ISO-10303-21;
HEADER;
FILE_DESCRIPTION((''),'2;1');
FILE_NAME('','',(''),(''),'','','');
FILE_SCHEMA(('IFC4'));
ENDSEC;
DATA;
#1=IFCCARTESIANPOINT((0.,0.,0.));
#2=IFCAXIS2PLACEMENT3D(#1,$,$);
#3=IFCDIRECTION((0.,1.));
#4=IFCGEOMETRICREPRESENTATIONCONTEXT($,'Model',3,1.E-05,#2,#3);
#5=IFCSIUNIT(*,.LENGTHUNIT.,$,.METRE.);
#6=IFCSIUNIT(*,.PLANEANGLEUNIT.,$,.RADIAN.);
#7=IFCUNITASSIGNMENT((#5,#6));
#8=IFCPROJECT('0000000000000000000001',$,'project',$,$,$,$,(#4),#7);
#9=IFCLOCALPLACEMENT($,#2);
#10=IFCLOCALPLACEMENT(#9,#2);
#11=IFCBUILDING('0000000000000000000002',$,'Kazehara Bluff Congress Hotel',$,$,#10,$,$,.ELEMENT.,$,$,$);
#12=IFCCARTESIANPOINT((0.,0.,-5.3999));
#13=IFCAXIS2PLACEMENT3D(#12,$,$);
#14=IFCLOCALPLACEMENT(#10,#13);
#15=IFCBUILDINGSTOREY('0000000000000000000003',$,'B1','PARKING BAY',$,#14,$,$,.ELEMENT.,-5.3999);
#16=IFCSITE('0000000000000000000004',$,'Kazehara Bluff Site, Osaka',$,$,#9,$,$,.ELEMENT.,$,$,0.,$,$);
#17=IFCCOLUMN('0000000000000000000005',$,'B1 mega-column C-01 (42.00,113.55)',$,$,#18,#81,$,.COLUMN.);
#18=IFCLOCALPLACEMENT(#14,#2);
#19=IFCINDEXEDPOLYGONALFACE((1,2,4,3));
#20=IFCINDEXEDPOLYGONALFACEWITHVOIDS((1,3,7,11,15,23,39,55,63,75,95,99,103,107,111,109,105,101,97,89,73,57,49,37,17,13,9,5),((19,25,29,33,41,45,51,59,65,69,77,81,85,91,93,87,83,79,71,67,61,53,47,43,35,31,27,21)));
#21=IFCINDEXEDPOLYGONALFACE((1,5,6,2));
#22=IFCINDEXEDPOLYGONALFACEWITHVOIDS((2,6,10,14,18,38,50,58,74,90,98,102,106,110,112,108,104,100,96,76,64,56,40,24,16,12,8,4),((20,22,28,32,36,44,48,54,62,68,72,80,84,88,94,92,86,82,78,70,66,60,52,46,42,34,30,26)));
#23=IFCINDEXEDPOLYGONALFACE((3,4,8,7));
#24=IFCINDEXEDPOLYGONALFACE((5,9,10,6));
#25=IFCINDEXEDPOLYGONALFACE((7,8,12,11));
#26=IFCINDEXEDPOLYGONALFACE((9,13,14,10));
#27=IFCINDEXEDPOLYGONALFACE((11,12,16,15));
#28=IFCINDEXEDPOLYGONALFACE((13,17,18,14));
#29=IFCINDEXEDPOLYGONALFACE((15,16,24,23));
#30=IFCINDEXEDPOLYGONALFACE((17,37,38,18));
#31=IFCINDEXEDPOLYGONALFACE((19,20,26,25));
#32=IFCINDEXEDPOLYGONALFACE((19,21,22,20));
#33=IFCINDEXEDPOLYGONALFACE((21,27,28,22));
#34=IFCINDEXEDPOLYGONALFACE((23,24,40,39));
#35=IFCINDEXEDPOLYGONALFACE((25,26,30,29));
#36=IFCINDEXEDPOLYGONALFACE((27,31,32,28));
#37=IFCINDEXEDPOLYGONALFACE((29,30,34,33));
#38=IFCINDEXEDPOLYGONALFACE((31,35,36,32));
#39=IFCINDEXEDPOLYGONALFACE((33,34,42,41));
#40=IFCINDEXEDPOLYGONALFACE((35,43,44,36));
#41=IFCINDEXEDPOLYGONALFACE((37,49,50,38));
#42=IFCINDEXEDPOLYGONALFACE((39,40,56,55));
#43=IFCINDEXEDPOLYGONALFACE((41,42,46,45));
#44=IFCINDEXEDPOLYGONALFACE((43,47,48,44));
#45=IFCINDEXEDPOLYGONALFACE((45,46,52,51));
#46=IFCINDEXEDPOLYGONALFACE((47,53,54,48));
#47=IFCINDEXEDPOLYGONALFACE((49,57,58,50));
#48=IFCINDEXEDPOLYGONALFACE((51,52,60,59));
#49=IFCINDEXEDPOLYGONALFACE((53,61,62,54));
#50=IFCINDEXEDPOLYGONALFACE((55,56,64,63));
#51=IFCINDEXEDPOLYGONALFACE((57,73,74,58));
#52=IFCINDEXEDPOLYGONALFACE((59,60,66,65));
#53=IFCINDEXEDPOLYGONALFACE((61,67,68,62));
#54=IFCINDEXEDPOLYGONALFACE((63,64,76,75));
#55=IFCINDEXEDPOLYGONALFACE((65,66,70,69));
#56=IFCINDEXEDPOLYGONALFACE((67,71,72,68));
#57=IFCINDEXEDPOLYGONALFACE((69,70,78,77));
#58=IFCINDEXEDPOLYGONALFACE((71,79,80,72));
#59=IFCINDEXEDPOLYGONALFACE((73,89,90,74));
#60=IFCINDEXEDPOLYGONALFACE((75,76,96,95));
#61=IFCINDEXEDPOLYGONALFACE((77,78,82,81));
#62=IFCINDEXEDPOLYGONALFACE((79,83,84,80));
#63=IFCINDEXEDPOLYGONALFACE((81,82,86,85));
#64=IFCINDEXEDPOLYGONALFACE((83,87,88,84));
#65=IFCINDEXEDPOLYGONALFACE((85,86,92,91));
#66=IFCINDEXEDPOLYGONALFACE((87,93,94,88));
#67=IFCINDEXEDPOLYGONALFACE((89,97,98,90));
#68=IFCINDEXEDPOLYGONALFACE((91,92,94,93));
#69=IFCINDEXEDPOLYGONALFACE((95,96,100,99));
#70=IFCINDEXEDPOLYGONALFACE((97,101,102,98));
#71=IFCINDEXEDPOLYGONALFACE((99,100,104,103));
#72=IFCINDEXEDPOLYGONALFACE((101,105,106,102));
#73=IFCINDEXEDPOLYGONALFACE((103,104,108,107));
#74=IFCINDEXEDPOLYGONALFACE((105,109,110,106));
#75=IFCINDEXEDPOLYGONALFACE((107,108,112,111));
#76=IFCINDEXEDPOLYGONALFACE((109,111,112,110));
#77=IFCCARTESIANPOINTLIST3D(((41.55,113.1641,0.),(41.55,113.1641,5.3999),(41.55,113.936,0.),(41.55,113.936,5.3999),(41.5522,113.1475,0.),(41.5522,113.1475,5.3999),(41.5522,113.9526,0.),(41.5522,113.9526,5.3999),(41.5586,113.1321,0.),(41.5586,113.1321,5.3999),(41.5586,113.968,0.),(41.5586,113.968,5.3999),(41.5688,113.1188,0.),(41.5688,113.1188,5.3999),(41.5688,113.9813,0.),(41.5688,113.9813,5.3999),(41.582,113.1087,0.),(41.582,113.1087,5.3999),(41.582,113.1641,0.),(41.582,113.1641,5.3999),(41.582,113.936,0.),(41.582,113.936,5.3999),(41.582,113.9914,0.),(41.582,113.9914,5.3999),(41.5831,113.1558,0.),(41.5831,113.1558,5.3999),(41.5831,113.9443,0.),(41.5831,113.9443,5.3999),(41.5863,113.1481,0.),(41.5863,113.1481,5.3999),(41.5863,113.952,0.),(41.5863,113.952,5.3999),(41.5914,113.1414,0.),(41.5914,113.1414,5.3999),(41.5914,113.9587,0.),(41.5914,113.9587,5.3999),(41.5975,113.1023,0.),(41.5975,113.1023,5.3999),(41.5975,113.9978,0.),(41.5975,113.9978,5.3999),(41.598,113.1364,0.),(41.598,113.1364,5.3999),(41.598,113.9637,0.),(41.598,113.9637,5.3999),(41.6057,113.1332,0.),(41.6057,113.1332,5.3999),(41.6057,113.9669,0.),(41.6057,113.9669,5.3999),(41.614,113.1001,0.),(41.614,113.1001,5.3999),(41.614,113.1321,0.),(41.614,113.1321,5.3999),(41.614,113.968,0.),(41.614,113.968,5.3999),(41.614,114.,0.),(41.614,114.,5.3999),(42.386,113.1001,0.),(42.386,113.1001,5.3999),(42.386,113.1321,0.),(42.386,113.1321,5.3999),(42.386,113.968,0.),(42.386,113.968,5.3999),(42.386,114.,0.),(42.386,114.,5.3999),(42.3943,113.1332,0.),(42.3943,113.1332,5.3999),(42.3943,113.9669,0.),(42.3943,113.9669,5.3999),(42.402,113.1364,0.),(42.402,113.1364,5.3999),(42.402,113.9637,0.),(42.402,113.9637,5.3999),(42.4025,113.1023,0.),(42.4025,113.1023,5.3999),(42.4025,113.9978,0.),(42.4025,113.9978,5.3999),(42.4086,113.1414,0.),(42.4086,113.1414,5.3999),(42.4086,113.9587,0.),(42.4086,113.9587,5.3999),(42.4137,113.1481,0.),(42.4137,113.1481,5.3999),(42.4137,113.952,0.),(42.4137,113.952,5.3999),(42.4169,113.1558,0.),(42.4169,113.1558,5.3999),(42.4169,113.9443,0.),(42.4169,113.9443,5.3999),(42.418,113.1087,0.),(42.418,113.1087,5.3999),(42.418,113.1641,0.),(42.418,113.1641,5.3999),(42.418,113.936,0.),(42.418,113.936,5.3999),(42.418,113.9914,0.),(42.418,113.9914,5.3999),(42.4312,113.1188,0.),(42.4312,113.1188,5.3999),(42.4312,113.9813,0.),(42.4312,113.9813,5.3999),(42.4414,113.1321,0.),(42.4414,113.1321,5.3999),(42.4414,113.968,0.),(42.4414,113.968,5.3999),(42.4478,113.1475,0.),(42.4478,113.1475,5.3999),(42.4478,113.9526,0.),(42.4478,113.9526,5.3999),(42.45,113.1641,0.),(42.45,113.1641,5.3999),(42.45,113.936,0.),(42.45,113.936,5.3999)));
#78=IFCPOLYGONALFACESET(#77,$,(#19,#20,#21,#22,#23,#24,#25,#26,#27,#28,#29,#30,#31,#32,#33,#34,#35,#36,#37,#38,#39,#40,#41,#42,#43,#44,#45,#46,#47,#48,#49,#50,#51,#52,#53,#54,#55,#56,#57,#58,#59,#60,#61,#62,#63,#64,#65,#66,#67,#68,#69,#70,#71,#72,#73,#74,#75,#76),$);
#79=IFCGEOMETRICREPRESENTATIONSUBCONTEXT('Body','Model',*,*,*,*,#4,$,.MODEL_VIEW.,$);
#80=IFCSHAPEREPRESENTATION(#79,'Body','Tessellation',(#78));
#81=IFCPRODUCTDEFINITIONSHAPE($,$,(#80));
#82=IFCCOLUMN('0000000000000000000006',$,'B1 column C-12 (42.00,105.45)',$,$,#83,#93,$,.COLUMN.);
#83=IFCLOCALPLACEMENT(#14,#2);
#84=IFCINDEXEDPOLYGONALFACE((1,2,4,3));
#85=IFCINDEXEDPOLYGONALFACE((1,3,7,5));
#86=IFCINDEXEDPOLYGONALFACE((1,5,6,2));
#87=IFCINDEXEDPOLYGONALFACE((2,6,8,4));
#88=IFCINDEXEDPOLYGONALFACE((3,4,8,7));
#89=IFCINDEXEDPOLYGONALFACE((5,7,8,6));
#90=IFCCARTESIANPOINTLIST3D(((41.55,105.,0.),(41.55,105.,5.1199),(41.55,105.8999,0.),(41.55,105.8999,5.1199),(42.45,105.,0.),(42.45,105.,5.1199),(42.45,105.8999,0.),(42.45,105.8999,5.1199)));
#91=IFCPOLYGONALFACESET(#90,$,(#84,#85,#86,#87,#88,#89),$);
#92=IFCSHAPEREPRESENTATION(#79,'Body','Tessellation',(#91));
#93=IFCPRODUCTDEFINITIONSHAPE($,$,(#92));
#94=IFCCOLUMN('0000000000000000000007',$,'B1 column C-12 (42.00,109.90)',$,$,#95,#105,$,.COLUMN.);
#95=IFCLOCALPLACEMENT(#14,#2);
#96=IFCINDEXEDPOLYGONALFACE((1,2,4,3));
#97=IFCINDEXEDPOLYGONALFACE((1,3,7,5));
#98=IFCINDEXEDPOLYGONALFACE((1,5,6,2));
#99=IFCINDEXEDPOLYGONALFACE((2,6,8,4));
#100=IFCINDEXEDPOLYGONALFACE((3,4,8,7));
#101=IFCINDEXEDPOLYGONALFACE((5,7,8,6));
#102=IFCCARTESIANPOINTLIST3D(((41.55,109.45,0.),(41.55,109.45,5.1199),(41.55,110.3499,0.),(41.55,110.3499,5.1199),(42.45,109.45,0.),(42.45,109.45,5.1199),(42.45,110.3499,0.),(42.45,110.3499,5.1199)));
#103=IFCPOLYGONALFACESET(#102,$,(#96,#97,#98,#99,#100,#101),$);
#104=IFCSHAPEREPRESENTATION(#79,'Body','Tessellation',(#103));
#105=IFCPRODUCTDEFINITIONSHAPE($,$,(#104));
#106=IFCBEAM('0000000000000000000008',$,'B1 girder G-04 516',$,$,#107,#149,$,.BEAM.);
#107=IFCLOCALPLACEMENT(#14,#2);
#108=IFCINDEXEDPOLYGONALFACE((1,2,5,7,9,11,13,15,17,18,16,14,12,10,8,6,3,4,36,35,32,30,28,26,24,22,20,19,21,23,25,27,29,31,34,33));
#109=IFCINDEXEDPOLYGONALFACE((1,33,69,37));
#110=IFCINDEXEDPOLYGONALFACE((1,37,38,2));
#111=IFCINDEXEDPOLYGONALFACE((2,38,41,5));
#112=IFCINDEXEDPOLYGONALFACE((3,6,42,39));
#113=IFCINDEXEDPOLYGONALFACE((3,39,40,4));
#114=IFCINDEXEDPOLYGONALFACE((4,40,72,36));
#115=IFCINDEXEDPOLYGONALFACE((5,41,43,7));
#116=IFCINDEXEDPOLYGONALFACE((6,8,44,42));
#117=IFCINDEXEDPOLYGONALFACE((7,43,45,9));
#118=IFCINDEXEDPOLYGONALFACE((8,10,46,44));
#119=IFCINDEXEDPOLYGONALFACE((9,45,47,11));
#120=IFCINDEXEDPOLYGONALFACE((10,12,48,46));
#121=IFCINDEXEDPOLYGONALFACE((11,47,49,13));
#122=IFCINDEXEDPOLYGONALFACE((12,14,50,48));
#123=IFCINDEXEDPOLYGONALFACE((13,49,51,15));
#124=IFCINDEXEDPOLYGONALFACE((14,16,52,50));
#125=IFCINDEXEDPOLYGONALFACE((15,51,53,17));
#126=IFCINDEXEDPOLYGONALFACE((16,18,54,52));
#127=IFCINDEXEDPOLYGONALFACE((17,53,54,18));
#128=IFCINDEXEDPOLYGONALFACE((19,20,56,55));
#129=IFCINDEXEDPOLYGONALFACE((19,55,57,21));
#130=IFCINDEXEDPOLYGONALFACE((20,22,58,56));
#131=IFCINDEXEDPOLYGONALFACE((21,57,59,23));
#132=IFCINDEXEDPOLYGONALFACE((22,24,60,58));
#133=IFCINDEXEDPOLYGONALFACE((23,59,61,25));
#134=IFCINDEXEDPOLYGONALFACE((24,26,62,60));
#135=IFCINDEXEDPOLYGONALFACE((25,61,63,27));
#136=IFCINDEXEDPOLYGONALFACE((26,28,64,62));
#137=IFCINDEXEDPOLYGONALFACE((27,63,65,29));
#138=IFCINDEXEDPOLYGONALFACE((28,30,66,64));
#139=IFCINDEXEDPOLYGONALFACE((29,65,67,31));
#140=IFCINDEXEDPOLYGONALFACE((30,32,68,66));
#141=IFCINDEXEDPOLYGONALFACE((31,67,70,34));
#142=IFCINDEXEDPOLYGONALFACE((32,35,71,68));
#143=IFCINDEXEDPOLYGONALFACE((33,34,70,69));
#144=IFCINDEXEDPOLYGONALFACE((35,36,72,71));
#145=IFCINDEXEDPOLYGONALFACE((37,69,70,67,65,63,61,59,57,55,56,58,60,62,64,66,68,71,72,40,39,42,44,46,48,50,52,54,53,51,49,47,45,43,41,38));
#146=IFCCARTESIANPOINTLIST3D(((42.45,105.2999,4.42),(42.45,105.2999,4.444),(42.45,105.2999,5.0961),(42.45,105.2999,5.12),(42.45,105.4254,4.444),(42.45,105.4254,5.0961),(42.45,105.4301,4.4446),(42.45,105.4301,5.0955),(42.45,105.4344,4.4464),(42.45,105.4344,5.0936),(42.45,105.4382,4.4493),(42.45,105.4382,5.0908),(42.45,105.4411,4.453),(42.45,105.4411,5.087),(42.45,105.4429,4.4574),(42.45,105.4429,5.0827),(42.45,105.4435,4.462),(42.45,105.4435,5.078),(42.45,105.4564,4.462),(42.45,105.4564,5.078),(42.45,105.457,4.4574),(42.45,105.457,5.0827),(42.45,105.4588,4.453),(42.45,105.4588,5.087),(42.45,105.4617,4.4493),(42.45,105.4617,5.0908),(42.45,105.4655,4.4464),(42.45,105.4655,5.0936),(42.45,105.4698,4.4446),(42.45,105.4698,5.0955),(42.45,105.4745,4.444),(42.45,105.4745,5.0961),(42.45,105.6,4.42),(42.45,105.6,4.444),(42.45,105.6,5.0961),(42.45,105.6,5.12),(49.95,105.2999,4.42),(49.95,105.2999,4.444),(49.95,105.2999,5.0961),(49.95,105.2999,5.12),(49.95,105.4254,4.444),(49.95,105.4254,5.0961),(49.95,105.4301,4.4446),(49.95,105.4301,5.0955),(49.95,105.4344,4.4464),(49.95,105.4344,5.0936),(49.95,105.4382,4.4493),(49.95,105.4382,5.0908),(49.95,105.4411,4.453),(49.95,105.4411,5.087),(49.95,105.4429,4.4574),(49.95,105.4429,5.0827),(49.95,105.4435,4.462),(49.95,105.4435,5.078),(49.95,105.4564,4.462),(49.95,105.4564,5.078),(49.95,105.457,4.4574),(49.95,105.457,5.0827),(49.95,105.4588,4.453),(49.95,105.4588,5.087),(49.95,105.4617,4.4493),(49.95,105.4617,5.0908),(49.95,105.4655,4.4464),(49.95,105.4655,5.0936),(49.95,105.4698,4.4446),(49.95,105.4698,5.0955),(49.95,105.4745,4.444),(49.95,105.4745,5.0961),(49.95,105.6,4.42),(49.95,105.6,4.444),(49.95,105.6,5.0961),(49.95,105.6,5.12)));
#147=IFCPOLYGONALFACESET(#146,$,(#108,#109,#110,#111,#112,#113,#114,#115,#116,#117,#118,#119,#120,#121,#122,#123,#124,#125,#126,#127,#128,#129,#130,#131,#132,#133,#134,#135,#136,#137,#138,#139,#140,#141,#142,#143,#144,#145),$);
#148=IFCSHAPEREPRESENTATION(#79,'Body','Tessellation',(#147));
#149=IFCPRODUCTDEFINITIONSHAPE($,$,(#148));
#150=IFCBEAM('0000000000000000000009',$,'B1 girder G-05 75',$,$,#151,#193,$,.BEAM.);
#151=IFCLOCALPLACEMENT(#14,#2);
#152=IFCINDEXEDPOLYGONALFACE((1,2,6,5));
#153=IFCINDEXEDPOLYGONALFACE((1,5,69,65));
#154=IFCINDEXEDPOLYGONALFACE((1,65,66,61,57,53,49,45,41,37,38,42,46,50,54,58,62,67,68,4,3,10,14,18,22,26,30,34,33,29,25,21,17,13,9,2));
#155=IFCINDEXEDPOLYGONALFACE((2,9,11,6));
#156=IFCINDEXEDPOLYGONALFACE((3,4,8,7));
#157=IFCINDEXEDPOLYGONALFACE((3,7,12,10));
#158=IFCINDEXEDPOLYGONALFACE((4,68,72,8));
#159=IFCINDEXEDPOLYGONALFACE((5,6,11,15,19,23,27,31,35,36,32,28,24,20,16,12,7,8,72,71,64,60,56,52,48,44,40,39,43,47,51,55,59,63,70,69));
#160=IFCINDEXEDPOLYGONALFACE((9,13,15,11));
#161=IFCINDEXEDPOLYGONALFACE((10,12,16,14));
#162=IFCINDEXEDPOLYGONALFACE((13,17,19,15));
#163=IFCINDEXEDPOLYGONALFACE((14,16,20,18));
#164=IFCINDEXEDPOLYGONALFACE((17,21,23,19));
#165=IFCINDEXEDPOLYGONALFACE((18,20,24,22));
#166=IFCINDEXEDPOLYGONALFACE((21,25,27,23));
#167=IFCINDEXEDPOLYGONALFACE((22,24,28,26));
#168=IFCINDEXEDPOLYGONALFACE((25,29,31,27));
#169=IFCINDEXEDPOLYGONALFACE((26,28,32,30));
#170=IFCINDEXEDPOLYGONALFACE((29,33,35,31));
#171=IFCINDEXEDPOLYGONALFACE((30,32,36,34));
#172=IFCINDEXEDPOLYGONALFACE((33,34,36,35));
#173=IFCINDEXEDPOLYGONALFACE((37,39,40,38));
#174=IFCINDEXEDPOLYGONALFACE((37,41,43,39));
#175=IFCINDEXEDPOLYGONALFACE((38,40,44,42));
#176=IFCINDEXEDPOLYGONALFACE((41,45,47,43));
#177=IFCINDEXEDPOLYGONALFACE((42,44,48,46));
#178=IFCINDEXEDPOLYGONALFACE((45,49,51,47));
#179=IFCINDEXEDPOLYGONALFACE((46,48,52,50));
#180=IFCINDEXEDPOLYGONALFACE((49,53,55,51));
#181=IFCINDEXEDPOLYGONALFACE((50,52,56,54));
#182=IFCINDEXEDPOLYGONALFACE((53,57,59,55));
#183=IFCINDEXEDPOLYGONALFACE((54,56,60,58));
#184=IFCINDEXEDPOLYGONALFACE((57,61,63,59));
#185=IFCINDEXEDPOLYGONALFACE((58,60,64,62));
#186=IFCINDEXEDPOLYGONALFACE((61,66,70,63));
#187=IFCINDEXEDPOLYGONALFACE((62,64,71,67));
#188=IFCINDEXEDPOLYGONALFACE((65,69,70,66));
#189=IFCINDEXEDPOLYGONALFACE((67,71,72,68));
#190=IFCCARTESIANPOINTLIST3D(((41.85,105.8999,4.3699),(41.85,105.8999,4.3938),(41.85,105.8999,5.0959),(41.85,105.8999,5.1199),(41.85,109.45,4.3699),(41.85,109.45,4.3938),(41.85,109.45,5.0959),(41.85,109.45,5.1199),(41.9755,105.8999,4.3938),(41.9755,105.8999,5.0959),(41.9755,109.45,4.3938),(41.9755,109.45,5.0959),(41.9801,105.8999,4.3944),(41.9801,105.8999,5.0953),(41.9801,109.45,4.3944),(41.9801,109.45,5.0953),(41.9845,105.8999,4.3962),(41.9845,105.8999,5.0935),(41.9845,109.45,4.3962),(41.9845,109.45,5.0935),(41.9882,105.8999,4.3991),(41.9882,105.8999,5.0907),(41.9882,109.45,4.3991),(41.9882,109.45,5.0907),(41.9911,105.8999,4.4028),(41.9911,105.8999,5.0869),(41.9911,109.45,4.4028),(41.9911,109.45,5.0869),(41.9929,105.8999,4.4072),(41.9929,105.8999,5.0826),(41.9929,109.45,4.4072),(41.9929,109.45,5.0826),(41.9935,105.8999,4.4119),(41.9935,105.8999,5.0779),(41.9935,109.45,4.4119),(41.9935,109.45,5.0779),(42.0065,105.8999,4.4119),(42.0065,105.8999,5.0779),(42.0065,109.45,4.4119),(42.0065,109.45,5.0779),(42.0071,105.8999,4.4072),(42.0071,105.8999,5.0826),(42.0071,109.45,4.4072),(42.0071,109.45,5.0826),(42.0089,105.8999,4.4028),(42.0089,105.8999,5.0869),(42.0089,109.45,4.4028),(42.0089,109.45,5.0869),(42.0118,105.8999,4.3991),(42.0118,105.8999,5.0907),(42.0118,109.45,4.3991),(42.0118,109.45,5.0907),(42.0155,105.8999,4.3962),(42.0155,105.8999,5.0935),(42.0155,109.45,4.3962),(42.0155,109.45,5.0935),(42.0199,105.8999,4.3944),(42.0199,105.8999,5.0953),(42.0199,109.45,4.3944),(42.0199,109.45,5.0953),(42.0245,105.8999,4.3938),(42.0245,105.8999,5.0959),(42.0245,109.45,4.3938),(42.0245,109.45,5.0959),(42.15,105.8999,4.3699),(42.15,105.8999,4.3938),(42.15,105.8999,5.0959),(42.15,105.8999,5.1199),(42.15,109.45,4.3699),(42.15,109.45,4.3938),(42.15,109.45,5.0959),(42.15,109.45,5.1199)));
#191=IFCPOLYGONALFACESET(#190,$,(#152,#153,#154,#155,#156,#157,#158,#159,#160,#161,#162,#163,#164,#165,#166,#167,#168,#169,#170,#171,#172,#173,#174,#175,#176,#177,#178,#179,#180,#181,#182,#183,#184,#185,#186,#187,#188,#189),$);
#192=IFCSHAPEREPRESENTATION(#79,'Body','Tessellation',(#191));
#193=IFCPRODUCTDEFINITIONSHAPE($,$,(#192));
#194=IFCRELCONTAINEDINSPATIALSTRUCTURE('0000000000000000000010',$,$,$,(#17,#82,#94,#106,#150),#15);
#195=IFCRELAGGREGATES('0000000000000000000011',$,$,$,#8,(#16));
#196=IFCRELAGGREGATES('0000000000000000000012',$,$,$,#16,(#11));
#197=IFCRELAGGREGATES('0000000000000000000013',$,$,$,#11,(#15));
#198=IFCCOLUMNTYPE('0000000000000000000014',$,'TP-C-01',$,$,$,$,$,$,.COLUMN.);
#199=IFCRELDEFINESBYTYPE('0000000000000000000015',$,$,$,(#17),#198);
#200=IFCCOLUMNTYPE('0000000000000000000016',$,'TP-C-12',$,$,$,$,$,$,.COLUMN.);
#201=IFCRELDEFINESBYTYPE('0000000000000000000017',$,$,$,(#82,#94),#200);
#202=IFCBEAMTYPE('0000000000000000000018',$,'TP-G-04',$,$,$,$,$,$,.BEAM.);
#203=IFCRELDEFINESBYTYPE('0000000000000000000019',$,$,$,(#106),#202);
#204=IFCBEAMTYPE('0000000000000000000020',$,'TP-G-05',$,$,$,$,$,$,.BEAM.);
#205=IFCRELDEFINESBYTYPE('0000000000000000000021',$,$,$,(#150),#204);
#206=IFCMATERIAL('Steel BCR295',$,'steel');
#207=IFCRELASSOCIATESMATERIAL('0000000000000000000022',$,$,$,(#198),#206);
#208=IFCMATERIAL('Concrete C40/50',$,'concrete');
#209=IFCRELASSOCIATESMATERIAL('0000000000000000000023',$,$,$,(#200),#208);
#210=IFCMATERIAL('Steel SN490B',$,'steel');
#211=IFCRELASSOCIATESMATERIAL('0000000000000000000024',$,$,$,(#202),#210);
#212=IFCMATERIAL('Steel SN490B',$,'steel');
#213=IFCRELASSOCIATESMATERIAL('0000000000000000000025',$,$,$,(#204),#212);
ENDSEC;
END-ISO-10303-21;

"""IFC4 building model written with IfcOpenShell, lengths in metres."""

from ifc_helpers import new_model, si_unit, direction, frame, origin, origin_2d, place, context, subcontext, project, spatial, rectangle, hollow_rectangle, i_section, extrude, material, material_profile, profile_set, type_object, element, save


model = new_model("IFC4")

# Units and contexts
model_context = context("Model", 3, precision=1e-05, world=origin(), true_north=direction((0.0, 1.0)))
body_context = subcontext(model_context, "Body", "Model", "MODEL_VIEW")
ifc_project = project(units=[si_unit("LENGTHUNIT", "METRE"), si_unit("PLANEANGLEUNIT", "RADIAN")], contexts=[model_context])

# Site, building, storey
site_placement = place(None, origin())
site = spatial("IfcSite", under=ifc_project, at=site_placement, Name="Kazehara Bluff Site, Osaka", CompositionType="ELEMENT", RefElevation=0.0)
building_placement = place(site_placement, origin())
building = spatial("IfcBuilding", under=site, at=building_placement, Name="Kazehara Bluff Congress Hotel", CompositionType="ELEMENT")
storey_placement = place(building_placement, frame((0.0, 0.0, -5.3999)))
storey = spatial("IfcBuildingStorey", under=building, at=storey_placement, Name="B1", Description="PARKING BAY", CompositionType="ELEMENT", Elevation=-5.3999)

# Columns
ifc_material_1 = material(Name="Steel BCR295", Category="steel")
ifc_material_profile_1 = material_profile(ifc_material_1, hollow_rectangle(XDim=0.8999, YDim=0.8999, WallThickness=0.032, InnerFilletRadius=0.032, OuterFilletRadius=0.064, at=origin_2d()))
ifc_profile_set_1 = profile_set([ifc_material_profile_1], Name="Steel BCR295")
column_type_1 = type_object("IfcColumnType", Name="TP-C-01", PredefinedType="COLUMN", material=ifc_profile_set_1)
column_placement = place(storey_placement, frame((42.0, 113.55, 0.0), z_axis=(0.0, 0.0, 1.0), x_axis=(1.0, 0.0, 0.0)))
element("IfcColumn", 1, at=column_placement, inside=storey, type_object=column_type_1, Name="B1 mega-column C-01 (42.00,113.55)", PredefinedType="COLUMN", context=body_context, shape_type="SweptSolid", body=[
    extrude(hollow_rectangle(XDim=0.8999, YDim=0.8999, WallThickness=0.032, InnerFilletRadius=0.032, OuterFilletRadius=0.064, at=origin_2d()), origin(), (0.0, 0.0, 1.0), 5.3999),
])
ifc_material_2 = material(Name="Concrete C40/50", Category="concrete")
ifc_material_profile_2 = material_profile(ifc_material_2, rectangle(XDim=0.8999, YDim=0.8999, at=origin_2d()))
ifc_profile_set_2 = profile_set([ifc_material_profile_2], Name="Concrete C40/50")
column_type_2 = type_object("IfcColumnType", Name="TP-C-12", PredefinedType="COLUMN", material=ifc_profile_set_2)
for number, where, z_axis, x_axis, name in (
    (2, (42.0, 105.45, 0.0), (0.0, 0.0, 1.0), (1.0, 0.0, 0.0), "B1 column C-12 (42.00,105.45)"),
    (3, (42.0, 109.8999, 0.0), (0.0, 0.0, 1.0), (1.0, 0.0, 0.0), "B1 column C-12 (42.00,109.90)"),
):
    element("IfcColumn", number, at=place(storey_placement, frame(where, z_axis=z_axis, x_axis=x_axis)), inside=storey, type_object=column_type_2, Name=name, PredefinedType="COLUMN", context=body_context, shape_type="SweptSolid", body=[
        extrude(rectangle(XDim=0.8999, YDim=0.8999, at=origin_2d()), origin(), (0.0, 0.0, 1.0), 5.1199),
    ])

# Beams
ifc_material_3 = material(Name="Steel SN490B", Category="steel")
ifc_material_profile_3 = material_profile(ifc_material_3, i_section(OverallWidth=0.3, OverallDepth=0.7, WebThickness=0.0129, FlangeThickness=0.0239, FilletRadius=0.0181, at=origin_2d()))
ifc_profile_set_3 = profile_set([ifc_material_profile_3], Name="Steel SN490B")
beam_type_1 = type_object("IfcBeamType", Name="TP-G-04", PredefinedType="BEAM", material=ifc_profile_set_3)
beam_1_placement = place(storey_placement, frame((42.45, 105.45, 4.77), z_axis=(1.0, 0.0, 0.0), x_axis=(0.0, 1.0, 0.0)))
element("IfcBeam", 4, at=beam_1_placement, inside=storey, type_object=beam_type_1, Name="B1 girder G-04 516", PredefinedType="BEAM", context=body_context, shape_type="SweptSolid", body=[
    extrude(i_section(OverallWidth=0.3, OverallDepth=0.7, WebThickness=0.0129, FlangeThickness=0.0239, FilletRadius=0.0181, at=origin_2d()), origin(), (0.0, 0.0, 1.0), 7.5),
])
ifc_material_4 = material(Name="Steel SN490B", Category="steel")
ifc_material_profile_4 = material_profile(ifc_material_4, i_section(OverallWidth=0.3, OverallDepth=0.75, WebThickness=0.0129, FlangeThickness=0.0239, FilletRadius=0.0181, at=origin_2d()))
ifc_profile_set_4 = profile_set([ifc_material_profile_4], Name="Steel SN490B")
beam_type_2 = type_object("IfcBeamType", Name="TP-G-05", PredefinedType="BEAM", material=ifc_profile_set_4)
beam_2_placement = place(storey_placement, frame((42.0, 105.8999, 4.7449), z_axis=(0.0, 1.0, 0.0), x_axis=(-1.0, 0.0, 0.0)))
element("IfcBeam", 5, at=beam_2_placement, inside=storey, type_object=beam_type_2, Name="B1 girder G-05 75", PredefinedType="BEAM", context=body_context, shape_type="SweptSolid", body=[
    extrude(i_section(OverallWidth=0.3, OverallDepth=0.75, WebThickness=0.0129, FlangeThickness=0.0239, FilletRadius=0.0181, at=origin_2d()), origin(), (0.0, 0.0, 1.0), 3.55),
])

save(model, "model.ifc")
